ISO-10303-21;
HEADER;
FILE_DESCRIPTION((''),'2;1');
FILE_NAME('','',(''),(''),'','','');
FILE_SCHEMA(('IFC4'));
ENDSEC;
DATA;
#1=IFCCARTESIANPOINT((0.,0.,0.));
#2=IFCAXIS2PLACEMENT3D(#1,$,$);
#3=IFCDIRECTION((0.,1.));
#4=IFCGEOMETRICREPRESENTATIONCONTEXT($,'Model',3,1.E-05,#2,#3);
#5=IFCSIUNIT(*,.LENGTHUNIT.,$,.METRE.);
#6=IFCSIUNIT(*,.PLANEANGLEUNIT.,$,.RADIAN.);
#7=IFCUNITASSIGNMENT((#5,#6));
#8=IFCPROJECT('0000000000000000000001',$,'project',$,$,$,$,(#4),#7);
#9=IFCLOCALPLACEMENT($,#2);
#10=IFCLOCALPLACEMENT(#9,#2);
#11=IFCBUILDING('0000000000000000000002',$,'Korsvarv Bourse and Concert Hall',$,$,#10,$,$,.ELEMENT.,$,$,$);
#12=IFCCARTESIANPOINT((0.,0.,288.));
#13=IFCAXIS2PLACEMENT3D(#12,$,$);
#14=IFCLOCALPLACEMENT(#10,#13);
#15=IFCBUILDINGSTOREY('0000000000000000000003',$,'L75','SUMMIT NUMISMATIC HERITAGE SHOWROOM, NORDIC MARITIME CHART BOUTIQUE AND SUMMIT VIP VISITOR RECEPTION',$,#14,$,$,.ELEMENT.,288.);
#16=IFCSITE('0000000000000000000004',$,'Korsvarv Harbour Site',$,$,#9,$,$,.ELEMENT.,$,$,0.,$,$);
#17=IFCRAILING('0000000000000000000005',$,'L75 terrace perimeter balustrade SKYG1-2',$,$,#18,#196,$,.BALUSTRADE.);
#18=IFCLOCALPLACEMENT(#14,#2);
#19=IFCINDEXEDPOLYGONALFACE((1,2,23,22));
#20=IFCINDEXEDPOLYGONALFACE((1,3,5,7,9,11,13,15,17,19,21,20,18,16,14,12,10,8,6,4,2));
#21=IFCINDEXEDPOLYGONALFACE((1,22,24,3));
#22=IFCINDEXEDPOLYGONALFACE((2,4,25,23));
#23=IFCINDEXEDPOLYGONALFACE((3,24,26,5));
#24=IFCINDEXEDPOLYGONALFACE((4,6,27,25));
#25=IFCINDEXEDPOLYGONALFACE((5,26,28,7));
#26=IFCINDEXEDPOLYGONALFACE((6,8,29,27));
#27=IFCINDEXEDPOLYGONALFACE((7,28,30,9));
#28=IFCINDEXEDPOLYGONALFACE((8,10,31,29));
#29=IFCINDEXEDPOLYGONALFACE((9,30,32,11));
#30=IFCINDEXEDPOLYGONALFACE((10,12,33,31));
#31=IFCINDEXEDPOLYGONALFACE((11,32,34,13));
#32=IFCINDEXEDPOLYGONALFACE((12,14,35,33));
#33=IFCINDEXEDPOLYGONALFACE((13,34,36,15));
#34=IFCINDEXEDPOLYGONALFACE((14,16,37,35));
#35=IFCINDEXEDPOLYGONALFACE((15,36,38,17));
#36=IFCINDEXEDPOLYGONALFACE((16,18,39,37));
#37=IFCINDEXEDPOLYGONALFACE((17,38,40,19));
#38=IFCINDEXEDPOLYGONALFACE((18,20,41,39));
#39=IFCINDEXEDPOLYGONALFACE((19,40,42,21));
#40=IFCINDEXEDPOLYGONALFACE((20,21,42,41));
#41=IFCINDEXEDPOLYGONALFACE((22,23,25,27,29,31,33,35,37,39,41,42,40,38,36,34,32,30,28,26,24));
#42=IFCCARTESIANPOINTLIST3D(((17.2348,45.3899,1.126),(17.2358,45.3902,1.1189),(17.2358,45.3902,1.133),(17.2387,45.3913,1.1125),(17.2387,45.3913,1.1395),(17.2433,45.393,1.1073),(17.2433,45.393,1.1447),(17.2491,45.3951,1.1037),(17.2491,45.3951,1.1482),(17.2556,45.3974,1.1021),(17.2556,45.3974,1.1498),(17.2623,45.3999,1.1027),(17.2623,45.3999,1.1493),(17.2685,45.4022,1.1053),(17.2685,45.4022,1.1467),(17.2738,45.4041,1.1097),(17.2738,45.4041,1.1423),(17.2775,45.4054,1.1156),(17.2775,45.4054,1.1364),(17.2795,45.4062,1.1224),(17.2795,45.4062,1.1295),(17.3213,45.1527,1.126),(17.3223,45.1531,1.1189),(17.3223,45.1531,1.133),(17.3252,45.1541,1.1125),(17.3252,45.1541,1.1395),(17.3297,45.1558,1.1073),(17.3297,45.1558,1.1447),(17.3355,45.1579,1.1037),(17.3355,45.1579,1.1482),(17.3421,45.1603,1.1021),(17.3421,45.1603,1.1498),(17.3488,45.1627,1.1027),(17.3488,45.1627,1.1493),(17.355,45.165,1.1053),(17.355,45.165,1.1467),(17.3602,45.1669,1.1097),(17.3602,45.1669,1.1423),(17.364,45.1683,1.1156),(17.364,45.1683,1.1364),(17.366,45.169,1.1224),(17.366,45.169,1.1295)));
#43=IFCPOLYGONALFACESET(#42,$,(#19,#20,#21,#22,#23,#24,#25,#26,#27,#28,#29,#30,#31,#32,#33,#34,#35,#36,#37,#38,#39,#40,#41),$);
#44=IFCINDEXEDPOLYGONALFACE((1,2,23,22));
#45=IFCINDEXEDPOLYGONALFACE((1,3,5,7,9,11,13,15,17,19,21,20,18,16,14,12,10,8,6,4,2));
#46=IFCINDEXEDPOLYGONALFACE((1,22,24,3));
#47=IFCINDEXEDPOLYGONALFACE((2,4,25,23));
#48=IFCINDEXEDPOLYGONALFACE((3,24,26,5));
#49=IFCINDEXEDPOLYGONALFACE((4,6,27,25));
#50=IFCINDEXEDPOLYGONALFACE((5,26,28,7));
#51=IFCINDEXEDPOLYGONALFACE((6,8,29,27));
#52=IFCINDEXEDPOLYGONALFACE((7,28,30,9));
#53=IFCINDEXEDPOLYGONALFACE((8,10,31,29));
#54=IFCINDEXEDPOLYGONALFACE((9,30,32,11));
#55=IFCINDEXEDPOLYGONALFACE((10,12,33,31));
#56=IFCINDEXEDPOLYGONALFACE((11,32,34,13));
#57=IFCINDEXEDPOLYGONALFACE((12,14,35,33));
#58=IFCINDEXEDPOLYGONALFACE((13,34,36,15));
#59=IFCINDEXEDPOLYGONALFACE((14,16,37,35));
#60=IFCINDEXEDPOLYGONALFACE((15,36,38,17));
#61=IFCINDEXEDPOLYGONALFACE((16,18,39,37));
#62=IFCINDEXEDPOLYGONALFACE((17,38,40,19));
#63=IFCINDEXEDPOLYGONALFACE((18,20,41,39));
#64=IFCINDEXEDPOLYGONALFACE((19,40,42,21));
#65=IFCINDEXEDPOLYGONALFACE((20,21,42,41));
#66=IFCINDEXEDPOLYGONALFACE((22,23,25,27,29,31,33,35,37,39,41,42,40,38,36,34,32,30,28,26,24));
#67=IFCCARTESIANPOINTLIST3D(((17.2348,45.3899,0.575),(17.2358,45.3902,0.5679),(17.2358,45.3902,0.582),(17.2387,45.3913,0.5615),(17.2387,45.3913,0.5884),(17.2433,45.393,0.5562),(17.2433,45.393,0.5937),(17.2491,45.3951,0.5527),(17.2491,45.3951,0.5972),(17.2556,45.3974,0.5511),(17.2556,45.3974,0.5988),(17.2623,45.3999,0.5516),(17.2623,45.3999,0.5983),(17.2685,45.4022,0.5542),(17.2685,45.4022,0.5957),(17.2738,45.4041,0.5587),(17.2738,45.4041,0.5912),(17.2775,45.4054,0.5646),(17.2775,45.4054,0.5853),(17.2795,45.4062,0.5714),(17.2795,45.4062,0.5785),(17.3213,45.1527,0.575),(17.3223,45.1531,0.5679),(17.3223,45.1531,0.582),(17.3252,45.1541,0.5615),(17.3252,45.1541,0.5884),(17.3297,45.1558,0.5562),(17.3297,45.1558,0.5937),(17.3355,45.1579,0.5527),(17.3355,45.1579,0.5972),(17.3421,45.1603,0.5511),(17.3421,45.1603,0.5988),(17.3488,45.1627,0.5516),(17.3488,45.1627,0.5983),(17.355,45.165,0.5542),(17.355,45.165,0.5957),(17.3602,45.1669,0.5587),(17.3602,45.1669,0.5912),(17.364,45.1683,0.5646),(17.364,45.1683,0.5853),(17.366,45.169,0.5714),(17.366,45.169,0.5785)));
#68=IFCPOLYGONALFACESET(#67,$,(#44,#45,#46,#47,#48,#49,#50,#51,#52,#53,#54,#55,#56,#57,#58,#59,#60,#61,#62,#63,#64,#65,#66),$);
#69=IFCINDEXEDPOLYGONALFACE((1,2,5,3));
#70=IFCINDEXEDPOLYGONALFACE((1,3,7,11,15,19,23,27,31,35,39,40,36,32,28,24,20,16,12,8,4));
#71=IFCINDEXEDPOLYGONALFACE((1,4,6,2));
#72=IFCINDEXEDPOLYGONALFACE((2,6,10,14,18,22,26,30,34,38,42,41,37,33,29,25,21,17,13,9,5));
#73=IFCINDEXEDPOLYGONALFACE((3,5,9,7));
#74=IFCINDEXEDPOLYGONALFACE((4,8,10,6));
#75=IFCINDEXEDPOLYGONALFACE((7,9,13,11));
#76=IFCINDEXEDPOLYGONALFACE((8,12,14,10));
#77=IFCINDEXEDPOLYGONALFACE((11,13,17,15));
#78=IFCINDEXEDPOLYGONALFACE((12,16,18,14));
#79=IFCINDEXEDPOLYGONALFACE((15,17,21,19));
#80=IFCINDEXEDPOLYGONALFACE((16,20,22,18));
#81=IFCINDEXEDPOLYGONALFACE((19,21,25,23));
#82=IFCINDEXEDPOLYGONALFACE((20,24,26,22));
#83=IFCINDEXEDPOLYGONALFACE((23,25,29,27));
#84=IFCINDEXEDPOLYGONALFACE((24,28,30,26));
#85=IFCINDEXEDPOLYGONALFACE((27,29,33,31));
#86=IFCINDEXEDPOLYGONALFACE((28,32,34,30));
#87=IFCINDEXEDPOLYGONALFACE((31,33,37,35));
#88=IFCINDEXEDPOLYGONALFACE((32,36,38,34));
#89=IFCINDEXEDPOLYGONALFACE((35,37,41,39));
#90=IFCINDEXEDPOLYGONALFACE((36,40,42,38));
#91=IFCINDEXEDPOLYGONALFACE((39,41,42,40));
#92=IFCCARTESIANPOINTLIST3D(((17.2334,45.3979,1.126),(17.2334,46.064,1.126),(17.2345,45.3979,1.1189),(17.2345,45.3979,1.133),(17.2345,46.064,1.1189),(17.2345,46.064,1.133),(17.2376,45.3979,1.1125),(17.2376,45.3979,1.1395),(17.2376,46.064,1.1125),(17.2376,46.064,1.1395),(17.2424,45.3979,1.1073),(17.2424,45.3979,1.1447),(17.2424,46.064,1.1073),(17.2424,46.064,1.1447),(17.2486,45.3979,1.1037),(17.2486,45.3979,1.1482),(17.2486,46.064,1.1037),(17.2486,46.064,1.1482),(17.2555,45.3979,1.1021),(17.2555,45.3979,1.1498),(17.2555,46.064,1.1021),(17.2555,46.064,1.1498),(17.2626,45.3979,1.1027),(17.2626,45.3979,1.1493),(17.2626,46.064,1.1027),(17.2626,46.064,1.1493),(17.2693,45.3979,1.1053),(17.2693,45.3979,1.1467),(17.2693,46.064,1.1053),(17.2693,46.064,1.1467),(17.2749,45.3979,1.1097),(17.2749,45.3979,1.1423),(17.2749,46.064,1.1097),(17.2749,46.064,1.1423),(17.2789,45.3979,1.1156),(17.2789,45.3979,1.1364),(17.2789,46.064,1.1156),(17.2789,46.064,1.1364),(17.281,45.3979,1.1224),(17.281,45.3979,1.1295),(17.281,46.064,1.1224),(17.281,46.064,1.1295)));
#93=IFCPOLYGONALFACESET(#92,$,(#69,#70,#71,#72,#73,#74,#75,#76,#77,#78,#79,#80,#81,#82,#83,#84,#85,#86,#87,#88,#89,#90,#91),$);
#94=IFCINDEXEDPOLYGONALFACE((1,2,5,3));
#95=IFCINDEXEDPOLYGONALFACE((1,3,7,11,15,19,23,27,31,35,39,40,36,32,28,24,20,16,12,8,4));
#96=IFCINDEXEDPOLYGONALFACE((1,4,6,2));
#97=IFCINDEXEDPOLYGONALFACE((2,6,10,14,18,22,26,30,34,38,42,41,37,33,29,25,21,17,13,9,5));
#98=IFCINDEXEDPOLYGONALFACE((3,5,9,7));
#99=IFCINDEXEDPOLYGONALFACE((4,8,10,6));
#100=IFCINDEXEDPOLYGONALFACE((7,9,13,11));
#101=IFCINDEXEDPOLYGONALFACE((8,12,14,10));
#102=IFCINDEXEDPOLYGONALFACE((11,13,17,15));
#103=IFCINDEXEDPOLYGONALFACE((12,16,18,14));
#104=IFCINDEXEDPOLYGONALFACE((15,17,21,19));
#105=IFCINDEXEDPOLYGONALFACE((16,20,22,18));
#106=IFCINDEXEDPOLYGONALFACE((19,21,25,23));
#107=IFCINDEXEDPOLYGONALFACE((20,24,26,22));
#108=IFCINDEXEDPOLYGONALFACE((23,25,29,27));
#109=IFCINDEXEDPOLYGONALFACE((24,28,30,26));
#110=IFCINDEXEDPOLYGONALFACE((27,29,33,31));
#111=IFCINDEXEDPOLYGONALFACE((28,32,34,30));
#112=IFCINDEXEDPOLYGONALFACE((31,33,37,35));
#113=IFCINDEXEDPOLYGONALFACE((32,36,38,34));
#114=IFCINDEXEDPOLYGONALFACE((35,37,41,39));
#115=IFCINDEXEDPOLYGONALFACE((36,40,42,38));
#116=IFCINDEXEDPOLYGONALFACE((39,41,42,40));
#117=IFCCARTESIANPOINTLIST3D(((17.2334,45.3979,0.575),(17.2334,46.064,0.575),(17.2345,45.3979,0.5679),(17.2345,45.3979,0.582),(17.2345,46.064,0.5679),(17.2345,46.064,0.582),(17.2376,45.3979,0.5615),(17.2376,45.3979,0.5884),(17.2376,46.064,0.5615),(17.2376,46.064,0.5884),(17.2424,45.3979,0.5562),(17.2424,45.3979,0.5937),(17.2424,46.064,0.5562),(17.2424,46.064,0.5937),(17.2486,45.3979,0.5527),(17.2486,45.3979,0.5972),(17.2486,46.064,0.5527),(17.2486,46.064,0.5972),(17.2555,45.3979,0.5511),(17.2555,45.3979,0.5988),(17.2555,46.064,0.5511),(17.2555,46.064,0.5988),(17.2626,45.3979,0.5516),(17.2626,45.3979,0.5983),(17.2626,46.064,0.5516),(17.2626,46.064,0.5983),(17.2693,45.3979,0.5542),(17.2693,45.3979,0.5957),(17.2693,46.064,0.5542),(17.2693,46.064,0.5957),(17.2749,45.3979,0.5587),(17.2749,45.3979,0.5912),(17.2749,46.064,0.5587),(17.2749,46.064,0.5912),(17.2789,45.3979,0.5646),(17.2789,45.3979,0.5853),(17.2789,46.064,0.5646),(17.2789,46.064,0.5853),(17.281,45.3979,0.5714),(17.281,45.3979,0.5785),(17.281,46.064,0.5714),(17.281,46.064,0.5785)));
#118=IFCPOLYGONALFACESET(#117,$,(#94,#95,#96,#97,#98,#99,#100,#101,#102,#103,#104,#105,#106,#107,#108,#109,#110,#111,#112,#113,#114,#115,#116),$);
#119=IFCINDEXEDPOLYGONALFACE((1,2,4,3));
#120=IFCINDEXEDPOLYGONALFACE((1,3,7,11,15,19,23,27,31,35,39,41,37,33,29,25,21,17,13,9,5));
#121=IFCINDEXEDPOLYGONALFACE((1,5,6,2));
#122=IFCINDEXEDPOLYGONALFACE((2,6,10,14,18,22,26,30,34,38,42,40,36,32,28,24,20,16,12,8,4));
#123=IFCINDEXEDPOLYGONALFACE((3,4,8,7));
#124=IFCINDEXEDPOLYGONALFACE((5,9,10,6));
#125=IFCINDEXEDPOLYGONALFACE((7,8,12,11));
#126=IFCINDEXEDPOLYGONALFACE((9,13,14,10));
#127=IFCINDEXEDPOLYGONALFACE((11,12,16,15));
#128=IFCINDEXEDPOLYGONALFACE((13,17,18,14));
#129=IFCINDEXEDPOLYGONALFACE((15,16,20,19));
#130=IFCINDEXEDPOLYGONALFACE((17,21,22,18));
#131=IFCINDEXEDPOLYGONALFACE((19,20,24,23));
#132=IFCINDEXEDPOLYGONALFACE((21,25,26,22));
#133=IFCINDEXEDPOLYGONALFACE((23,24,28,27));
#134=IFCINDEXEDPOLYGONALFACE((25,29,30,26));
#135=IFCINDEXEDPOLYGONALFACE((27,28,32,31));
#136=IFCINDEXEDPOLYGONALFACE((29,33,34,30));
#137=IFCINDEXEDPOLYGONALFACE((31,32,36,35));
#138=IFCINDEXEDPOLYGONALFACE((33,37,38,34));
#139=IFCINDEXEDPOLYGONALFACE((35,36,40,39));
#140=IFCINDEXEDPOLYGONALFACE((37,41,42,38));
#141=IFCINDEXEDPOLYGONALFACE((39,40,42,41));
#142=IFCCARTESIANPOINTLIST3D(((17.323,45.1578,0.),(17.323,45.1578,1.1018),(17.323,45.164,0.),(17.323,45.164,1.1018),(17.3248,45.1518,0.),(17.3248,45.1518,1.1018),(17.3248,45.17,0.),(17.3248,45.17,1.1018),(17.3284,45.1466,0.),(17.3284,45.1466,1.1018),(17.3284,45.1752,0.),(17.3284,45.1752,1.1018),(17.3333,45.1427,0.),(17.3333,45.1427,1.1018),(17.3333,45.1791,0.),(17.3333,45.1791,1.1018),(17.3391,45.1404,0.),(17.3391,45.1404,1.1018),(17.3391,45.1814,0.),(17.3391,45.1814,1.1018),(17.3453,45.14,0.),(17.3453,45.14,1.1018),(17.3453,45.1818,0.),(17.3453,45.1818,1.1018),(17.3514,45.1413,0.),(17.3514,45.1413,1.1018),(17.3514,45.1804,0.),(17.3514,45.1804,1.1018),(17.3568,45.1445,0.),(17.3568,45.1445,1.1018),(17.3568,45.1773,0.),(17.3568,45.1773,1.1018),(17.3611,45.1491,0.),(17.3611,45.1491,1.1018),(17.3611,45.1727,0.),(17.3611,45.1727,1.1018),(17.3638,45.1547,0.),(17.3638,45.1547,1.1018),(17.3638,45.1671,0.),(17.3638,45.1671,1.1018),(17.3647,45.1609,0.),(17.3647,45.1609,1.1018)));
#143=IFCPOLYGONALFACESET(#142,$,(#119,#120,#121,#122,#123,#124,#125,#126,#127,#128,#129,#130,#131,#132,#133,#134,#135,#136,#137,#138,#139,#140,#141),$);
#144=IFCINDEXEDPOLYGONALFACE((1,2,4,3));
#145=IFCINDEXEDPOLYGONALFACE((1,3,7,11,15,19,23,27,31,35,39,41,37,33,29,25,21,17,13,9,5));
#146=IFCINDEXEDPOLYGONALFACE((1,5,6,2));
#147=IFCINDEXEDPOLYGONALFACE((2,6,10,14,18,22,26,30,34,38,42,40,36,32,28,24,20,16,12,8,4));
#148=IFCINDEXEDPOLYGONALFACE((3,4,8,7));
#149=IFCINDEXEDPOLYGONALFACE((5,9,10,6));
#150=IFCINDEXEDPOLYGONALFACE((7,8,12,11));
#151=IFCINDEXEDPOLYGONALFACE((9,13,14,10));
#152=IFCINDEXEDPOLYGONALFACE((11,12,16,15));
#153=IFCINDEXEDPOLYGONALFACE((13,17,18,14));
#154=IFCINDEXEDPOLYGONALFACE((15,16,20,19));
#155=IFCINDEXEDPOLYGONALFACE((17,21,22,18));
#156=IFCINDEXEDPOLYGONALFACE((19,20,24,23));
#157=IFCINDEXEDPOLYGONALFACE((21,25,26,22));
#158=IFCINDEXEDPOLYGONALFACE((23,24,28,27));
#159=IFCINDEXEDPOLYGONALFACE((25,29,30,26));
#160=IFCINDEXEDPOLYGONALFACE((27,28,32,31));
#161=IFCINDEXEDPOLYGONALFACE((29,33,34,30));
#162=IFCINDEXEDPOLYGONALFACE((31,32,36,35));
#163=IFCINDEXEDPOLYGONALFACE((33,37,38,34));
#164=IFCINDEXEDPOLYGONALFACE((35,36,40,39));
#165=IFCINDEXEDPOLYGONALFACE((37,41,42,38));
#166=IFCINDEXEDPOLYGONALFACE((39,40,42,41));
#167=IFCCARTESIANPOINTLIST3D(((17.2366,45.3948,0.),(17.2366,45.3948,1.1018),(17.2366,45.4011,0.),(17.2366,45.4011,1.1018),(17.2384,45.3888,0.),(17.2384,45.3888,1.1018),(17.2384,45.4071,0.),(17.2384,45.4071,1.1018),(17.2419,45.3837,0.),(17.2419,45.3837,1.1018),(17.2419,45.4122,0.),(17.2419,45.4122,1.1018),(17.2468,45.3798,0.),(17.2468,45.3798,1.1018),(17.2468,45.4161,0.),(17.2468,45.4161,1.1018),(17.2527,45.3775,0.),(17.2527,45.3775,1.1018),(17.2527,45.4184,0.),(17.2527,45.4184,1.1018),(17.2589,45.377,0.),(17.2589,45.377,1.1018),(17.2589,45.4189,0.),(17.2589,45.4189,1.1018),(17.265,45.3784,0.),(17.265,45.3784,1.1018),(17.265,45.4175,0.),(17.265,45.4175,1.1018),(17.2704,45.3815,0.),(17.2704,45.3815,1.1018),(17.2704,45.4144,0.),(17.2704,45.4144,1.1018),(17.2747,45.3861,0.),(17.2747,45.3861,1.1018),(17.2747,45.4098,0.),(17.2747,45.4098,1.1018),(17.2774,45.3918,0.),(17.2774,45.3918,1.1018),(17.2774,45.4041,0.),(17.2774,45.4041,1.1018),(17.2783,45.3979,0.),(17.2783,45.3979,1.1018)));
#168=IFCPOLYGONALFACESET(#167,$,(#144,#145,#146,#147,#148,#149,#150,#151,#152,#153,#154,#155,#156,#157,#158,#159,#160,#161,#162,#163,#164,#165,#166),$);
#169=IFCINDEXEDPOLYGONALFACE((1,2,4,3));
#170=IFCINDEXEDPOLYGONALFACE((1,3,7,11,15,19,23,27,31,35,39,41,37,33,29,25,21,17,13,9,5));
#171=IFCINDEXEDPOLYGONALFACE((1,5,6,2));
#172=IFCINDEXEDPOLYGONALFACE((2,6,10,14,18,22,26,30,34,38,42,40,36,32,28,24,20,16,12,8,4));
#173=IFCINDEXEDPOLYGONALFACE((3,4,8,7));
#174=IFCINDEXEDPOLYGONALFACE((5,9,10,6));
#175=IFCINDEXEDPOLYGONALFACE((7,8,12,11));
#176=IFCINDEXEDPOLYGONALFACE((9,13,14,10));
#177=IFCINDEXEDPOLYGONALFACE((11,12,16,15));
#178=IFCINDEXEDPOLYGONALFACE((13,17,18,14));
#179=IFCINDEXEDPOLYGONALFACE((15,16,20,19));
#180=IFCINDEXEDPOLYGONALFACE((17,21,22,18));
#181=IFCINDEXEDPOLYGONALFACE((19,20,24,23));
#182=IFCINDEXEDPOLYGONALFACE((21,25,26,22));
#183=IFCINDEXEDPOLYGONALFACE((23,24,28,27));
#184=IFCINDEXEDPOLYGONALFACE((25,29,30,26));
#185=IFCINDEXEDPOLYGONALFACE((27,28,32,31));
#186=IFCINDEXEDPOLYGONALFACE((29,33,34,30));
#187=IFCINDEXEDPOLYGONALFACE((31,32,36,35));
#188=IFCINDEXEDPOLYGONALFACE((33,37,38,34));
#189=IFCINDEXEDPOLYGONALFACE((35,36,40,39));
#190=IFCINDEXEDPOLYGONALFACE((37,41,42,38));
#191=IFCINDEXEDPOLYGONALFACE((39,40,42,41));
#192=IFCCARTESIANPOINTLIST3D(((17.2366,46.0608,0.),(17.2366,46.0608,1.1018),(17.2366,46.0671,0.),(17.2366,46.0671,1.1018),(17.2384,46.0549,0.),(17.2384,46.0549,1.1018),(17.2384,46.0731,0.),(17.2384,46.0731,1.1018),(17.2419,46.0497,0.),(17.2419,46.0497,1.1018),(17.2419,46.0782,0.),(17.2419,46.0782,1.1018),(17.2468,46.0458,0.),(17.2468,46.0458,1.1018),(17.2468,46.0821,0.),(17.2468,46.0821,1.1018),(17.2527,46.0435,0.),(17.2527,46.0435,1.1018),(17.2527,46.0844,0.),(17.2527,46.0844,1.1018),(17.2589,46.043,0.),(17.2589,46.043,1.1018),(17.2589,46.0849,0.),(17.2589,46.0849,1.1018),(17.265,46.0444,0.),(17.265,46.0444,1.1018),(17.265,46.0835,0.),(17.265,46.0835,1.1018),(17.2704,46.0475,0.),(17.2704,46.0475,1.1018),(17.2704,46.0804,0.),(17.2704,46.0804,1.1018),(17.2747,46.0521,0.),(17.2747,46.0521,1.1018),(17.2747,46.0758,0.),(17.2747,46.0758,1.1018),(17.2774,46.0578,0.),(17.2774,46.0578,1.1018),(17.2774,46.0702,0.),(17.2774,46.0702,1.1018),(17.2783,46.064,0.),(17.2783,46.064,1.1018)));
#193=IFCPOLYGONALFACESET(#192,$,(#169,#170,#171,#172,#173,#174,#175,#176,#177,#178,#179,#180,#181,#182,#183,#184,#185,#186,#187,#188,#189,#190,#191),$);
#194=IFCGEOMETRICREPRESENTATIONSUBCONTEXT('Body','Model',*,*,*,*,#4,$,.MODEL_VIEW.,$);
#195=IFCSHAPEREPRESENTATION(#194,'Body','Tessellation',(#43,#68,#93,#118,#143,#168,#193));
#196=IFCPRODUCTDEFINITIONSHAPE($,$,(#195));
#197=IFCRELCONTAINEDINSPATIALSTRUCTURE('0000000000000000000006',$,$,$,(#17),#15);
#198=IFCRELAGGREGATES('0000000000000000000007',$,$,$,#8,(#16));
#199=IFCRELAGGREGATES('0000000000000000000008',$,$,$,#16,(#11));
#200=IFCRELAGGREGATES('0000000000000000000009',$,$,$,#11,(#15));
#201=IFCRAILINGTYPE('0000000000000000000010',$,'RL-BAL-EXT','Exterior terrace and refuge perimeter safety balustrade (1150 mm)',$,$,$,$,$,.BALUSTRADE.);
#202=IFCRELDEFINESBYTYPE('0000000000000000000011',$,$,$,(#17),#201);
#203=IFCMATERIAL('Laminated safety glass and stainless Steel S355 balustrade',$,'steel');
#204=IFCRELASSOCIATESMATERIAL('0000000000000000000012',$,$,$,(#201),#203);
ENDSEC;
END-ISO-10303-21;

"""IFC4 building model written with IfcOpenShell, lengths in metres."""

from ifc_helpers import new_model, si_unit, direction, frame, origin, origin_2d, place, context, subcontext, project, spatial, circle, extrude, material, type_object, element, save


model = new_model("IFC4")

# Units and contexts
model_context = context("Model", 3, precision=1e-05, world=origin(), true_north=direction((0.0, 1.0)))
body_context = subcontext(model_context, "Body", "Model", "MODEL_VIEW")
ifc_project = project(units=[si_unit("LENGTHUNIT", "METRE"), si_unit("PLANEANGLEUNIT", "RADIAN")], contexts=[model_context])

# Site, building, storey
site_placement = place(None, origin())
site = spatial("IfcSite", under=ifc_project, at=site_placement, Name="Korsvarv Harbour Site", CompositionType="ELEMENT", RefElevation=0.0)
building_placement = place(site_placement, origin())
building = spatial("IfcBuilding", under=site, at=building_placement, Name="Korsvarv Bourse and Concert Hall", CompositionType="ELEMENT")
storey_placement = place(building_placement, frame((0.0, 0.0, 288.0)))
storey = spatial("IfcBuildingStorey", under=building, at=storey_placement, Name="L75", Description="SUMMIT NUMISMATIC HERITAGE SHOWROOM, NORDIC MARITIME CHART BOUTIQUE AND SUMMIT VIP VISITOR RECEPTION", CompositionType="ELEMENT", Elevation=288.0)

# Railing
ifc_material_1 = material(Name="Laminated safety glass and stainless Steel S355 balustrade", Category="steel")
railing_type = type_object("IfcRailingType", Name="RL-BAL-EXT", Description="Exterior terrace and refuge perimeter safety balustrade (1150 mm)", PredefinedType="BALUSTRADE", material=ifc_material_1)
railing_1_placement = place(storey_placement, frame((17.3438, 45.1609, 0.0)))
element("IfcRailing", 1, at=railing_1_placement, inside=storey, type_object=railing_type, Name="L75 terrace perimeter balustrade SKYG1-2", PredefinedType="BALUSTRADE", context=body_context, shape_type="SweptSolid", body=[
    extrude(circle(Radius=0.0239, at=origin_2d()), frame((0.0, 0.0, 1.126), z_axis=(-0.34252, 0.939511, 0.0), x_axis=(-0.939511, -0.34252, 0.0)), (0.0, 0.0, 1.0), 0.2524),
    extrude(circle(Radius=0.0239, at=origin_2d()), frame((0.0, 0.0, 0.575), z_axis=(-0.34252, 0.939511, 0.0), x_axis=(-0.939511, -0.34252, 0.0)), (0.0, 0.0, 1.0), 0.2524),
    extrude(circle(Radius=0.0239, at=origin_2d()), frame((-0.0864, 0.2371, 1.126), z_axis=(0.0, 1.0, 0.0), x_axis=(-1.0, 0.0, 0.0)), (0.0, 0.0, 1.0), 0.666),
    extrude(circle(Radius=0.0239, at=origin_2d()), frame((-0.0864, 0.2371, 0.575), z_axis=(0.0, 1.0, 0.0), x_axis=(-1.0, 0.0, 0.0)), (0.0, 0.0, 1.0), 0.666),
    extrude(circle(Radius=0.021, at=origin_2d()), origin(), (0.0, 0.0, 1.0), 1.1018),
    extrude(circle(Radius=0.021, at=origin_2d()), frame((-0.0864, 0.2371, 0.0)), (0.0, 0.0, 1.0), 1.1018),
    extrude(circle(Radius=0.021, at=origin_2d()), frame((-0.0864, 0.9031, 0.0)), (0.0, 0.0, 1.0), 1.1018),
])

save(model, "model.ifc")
